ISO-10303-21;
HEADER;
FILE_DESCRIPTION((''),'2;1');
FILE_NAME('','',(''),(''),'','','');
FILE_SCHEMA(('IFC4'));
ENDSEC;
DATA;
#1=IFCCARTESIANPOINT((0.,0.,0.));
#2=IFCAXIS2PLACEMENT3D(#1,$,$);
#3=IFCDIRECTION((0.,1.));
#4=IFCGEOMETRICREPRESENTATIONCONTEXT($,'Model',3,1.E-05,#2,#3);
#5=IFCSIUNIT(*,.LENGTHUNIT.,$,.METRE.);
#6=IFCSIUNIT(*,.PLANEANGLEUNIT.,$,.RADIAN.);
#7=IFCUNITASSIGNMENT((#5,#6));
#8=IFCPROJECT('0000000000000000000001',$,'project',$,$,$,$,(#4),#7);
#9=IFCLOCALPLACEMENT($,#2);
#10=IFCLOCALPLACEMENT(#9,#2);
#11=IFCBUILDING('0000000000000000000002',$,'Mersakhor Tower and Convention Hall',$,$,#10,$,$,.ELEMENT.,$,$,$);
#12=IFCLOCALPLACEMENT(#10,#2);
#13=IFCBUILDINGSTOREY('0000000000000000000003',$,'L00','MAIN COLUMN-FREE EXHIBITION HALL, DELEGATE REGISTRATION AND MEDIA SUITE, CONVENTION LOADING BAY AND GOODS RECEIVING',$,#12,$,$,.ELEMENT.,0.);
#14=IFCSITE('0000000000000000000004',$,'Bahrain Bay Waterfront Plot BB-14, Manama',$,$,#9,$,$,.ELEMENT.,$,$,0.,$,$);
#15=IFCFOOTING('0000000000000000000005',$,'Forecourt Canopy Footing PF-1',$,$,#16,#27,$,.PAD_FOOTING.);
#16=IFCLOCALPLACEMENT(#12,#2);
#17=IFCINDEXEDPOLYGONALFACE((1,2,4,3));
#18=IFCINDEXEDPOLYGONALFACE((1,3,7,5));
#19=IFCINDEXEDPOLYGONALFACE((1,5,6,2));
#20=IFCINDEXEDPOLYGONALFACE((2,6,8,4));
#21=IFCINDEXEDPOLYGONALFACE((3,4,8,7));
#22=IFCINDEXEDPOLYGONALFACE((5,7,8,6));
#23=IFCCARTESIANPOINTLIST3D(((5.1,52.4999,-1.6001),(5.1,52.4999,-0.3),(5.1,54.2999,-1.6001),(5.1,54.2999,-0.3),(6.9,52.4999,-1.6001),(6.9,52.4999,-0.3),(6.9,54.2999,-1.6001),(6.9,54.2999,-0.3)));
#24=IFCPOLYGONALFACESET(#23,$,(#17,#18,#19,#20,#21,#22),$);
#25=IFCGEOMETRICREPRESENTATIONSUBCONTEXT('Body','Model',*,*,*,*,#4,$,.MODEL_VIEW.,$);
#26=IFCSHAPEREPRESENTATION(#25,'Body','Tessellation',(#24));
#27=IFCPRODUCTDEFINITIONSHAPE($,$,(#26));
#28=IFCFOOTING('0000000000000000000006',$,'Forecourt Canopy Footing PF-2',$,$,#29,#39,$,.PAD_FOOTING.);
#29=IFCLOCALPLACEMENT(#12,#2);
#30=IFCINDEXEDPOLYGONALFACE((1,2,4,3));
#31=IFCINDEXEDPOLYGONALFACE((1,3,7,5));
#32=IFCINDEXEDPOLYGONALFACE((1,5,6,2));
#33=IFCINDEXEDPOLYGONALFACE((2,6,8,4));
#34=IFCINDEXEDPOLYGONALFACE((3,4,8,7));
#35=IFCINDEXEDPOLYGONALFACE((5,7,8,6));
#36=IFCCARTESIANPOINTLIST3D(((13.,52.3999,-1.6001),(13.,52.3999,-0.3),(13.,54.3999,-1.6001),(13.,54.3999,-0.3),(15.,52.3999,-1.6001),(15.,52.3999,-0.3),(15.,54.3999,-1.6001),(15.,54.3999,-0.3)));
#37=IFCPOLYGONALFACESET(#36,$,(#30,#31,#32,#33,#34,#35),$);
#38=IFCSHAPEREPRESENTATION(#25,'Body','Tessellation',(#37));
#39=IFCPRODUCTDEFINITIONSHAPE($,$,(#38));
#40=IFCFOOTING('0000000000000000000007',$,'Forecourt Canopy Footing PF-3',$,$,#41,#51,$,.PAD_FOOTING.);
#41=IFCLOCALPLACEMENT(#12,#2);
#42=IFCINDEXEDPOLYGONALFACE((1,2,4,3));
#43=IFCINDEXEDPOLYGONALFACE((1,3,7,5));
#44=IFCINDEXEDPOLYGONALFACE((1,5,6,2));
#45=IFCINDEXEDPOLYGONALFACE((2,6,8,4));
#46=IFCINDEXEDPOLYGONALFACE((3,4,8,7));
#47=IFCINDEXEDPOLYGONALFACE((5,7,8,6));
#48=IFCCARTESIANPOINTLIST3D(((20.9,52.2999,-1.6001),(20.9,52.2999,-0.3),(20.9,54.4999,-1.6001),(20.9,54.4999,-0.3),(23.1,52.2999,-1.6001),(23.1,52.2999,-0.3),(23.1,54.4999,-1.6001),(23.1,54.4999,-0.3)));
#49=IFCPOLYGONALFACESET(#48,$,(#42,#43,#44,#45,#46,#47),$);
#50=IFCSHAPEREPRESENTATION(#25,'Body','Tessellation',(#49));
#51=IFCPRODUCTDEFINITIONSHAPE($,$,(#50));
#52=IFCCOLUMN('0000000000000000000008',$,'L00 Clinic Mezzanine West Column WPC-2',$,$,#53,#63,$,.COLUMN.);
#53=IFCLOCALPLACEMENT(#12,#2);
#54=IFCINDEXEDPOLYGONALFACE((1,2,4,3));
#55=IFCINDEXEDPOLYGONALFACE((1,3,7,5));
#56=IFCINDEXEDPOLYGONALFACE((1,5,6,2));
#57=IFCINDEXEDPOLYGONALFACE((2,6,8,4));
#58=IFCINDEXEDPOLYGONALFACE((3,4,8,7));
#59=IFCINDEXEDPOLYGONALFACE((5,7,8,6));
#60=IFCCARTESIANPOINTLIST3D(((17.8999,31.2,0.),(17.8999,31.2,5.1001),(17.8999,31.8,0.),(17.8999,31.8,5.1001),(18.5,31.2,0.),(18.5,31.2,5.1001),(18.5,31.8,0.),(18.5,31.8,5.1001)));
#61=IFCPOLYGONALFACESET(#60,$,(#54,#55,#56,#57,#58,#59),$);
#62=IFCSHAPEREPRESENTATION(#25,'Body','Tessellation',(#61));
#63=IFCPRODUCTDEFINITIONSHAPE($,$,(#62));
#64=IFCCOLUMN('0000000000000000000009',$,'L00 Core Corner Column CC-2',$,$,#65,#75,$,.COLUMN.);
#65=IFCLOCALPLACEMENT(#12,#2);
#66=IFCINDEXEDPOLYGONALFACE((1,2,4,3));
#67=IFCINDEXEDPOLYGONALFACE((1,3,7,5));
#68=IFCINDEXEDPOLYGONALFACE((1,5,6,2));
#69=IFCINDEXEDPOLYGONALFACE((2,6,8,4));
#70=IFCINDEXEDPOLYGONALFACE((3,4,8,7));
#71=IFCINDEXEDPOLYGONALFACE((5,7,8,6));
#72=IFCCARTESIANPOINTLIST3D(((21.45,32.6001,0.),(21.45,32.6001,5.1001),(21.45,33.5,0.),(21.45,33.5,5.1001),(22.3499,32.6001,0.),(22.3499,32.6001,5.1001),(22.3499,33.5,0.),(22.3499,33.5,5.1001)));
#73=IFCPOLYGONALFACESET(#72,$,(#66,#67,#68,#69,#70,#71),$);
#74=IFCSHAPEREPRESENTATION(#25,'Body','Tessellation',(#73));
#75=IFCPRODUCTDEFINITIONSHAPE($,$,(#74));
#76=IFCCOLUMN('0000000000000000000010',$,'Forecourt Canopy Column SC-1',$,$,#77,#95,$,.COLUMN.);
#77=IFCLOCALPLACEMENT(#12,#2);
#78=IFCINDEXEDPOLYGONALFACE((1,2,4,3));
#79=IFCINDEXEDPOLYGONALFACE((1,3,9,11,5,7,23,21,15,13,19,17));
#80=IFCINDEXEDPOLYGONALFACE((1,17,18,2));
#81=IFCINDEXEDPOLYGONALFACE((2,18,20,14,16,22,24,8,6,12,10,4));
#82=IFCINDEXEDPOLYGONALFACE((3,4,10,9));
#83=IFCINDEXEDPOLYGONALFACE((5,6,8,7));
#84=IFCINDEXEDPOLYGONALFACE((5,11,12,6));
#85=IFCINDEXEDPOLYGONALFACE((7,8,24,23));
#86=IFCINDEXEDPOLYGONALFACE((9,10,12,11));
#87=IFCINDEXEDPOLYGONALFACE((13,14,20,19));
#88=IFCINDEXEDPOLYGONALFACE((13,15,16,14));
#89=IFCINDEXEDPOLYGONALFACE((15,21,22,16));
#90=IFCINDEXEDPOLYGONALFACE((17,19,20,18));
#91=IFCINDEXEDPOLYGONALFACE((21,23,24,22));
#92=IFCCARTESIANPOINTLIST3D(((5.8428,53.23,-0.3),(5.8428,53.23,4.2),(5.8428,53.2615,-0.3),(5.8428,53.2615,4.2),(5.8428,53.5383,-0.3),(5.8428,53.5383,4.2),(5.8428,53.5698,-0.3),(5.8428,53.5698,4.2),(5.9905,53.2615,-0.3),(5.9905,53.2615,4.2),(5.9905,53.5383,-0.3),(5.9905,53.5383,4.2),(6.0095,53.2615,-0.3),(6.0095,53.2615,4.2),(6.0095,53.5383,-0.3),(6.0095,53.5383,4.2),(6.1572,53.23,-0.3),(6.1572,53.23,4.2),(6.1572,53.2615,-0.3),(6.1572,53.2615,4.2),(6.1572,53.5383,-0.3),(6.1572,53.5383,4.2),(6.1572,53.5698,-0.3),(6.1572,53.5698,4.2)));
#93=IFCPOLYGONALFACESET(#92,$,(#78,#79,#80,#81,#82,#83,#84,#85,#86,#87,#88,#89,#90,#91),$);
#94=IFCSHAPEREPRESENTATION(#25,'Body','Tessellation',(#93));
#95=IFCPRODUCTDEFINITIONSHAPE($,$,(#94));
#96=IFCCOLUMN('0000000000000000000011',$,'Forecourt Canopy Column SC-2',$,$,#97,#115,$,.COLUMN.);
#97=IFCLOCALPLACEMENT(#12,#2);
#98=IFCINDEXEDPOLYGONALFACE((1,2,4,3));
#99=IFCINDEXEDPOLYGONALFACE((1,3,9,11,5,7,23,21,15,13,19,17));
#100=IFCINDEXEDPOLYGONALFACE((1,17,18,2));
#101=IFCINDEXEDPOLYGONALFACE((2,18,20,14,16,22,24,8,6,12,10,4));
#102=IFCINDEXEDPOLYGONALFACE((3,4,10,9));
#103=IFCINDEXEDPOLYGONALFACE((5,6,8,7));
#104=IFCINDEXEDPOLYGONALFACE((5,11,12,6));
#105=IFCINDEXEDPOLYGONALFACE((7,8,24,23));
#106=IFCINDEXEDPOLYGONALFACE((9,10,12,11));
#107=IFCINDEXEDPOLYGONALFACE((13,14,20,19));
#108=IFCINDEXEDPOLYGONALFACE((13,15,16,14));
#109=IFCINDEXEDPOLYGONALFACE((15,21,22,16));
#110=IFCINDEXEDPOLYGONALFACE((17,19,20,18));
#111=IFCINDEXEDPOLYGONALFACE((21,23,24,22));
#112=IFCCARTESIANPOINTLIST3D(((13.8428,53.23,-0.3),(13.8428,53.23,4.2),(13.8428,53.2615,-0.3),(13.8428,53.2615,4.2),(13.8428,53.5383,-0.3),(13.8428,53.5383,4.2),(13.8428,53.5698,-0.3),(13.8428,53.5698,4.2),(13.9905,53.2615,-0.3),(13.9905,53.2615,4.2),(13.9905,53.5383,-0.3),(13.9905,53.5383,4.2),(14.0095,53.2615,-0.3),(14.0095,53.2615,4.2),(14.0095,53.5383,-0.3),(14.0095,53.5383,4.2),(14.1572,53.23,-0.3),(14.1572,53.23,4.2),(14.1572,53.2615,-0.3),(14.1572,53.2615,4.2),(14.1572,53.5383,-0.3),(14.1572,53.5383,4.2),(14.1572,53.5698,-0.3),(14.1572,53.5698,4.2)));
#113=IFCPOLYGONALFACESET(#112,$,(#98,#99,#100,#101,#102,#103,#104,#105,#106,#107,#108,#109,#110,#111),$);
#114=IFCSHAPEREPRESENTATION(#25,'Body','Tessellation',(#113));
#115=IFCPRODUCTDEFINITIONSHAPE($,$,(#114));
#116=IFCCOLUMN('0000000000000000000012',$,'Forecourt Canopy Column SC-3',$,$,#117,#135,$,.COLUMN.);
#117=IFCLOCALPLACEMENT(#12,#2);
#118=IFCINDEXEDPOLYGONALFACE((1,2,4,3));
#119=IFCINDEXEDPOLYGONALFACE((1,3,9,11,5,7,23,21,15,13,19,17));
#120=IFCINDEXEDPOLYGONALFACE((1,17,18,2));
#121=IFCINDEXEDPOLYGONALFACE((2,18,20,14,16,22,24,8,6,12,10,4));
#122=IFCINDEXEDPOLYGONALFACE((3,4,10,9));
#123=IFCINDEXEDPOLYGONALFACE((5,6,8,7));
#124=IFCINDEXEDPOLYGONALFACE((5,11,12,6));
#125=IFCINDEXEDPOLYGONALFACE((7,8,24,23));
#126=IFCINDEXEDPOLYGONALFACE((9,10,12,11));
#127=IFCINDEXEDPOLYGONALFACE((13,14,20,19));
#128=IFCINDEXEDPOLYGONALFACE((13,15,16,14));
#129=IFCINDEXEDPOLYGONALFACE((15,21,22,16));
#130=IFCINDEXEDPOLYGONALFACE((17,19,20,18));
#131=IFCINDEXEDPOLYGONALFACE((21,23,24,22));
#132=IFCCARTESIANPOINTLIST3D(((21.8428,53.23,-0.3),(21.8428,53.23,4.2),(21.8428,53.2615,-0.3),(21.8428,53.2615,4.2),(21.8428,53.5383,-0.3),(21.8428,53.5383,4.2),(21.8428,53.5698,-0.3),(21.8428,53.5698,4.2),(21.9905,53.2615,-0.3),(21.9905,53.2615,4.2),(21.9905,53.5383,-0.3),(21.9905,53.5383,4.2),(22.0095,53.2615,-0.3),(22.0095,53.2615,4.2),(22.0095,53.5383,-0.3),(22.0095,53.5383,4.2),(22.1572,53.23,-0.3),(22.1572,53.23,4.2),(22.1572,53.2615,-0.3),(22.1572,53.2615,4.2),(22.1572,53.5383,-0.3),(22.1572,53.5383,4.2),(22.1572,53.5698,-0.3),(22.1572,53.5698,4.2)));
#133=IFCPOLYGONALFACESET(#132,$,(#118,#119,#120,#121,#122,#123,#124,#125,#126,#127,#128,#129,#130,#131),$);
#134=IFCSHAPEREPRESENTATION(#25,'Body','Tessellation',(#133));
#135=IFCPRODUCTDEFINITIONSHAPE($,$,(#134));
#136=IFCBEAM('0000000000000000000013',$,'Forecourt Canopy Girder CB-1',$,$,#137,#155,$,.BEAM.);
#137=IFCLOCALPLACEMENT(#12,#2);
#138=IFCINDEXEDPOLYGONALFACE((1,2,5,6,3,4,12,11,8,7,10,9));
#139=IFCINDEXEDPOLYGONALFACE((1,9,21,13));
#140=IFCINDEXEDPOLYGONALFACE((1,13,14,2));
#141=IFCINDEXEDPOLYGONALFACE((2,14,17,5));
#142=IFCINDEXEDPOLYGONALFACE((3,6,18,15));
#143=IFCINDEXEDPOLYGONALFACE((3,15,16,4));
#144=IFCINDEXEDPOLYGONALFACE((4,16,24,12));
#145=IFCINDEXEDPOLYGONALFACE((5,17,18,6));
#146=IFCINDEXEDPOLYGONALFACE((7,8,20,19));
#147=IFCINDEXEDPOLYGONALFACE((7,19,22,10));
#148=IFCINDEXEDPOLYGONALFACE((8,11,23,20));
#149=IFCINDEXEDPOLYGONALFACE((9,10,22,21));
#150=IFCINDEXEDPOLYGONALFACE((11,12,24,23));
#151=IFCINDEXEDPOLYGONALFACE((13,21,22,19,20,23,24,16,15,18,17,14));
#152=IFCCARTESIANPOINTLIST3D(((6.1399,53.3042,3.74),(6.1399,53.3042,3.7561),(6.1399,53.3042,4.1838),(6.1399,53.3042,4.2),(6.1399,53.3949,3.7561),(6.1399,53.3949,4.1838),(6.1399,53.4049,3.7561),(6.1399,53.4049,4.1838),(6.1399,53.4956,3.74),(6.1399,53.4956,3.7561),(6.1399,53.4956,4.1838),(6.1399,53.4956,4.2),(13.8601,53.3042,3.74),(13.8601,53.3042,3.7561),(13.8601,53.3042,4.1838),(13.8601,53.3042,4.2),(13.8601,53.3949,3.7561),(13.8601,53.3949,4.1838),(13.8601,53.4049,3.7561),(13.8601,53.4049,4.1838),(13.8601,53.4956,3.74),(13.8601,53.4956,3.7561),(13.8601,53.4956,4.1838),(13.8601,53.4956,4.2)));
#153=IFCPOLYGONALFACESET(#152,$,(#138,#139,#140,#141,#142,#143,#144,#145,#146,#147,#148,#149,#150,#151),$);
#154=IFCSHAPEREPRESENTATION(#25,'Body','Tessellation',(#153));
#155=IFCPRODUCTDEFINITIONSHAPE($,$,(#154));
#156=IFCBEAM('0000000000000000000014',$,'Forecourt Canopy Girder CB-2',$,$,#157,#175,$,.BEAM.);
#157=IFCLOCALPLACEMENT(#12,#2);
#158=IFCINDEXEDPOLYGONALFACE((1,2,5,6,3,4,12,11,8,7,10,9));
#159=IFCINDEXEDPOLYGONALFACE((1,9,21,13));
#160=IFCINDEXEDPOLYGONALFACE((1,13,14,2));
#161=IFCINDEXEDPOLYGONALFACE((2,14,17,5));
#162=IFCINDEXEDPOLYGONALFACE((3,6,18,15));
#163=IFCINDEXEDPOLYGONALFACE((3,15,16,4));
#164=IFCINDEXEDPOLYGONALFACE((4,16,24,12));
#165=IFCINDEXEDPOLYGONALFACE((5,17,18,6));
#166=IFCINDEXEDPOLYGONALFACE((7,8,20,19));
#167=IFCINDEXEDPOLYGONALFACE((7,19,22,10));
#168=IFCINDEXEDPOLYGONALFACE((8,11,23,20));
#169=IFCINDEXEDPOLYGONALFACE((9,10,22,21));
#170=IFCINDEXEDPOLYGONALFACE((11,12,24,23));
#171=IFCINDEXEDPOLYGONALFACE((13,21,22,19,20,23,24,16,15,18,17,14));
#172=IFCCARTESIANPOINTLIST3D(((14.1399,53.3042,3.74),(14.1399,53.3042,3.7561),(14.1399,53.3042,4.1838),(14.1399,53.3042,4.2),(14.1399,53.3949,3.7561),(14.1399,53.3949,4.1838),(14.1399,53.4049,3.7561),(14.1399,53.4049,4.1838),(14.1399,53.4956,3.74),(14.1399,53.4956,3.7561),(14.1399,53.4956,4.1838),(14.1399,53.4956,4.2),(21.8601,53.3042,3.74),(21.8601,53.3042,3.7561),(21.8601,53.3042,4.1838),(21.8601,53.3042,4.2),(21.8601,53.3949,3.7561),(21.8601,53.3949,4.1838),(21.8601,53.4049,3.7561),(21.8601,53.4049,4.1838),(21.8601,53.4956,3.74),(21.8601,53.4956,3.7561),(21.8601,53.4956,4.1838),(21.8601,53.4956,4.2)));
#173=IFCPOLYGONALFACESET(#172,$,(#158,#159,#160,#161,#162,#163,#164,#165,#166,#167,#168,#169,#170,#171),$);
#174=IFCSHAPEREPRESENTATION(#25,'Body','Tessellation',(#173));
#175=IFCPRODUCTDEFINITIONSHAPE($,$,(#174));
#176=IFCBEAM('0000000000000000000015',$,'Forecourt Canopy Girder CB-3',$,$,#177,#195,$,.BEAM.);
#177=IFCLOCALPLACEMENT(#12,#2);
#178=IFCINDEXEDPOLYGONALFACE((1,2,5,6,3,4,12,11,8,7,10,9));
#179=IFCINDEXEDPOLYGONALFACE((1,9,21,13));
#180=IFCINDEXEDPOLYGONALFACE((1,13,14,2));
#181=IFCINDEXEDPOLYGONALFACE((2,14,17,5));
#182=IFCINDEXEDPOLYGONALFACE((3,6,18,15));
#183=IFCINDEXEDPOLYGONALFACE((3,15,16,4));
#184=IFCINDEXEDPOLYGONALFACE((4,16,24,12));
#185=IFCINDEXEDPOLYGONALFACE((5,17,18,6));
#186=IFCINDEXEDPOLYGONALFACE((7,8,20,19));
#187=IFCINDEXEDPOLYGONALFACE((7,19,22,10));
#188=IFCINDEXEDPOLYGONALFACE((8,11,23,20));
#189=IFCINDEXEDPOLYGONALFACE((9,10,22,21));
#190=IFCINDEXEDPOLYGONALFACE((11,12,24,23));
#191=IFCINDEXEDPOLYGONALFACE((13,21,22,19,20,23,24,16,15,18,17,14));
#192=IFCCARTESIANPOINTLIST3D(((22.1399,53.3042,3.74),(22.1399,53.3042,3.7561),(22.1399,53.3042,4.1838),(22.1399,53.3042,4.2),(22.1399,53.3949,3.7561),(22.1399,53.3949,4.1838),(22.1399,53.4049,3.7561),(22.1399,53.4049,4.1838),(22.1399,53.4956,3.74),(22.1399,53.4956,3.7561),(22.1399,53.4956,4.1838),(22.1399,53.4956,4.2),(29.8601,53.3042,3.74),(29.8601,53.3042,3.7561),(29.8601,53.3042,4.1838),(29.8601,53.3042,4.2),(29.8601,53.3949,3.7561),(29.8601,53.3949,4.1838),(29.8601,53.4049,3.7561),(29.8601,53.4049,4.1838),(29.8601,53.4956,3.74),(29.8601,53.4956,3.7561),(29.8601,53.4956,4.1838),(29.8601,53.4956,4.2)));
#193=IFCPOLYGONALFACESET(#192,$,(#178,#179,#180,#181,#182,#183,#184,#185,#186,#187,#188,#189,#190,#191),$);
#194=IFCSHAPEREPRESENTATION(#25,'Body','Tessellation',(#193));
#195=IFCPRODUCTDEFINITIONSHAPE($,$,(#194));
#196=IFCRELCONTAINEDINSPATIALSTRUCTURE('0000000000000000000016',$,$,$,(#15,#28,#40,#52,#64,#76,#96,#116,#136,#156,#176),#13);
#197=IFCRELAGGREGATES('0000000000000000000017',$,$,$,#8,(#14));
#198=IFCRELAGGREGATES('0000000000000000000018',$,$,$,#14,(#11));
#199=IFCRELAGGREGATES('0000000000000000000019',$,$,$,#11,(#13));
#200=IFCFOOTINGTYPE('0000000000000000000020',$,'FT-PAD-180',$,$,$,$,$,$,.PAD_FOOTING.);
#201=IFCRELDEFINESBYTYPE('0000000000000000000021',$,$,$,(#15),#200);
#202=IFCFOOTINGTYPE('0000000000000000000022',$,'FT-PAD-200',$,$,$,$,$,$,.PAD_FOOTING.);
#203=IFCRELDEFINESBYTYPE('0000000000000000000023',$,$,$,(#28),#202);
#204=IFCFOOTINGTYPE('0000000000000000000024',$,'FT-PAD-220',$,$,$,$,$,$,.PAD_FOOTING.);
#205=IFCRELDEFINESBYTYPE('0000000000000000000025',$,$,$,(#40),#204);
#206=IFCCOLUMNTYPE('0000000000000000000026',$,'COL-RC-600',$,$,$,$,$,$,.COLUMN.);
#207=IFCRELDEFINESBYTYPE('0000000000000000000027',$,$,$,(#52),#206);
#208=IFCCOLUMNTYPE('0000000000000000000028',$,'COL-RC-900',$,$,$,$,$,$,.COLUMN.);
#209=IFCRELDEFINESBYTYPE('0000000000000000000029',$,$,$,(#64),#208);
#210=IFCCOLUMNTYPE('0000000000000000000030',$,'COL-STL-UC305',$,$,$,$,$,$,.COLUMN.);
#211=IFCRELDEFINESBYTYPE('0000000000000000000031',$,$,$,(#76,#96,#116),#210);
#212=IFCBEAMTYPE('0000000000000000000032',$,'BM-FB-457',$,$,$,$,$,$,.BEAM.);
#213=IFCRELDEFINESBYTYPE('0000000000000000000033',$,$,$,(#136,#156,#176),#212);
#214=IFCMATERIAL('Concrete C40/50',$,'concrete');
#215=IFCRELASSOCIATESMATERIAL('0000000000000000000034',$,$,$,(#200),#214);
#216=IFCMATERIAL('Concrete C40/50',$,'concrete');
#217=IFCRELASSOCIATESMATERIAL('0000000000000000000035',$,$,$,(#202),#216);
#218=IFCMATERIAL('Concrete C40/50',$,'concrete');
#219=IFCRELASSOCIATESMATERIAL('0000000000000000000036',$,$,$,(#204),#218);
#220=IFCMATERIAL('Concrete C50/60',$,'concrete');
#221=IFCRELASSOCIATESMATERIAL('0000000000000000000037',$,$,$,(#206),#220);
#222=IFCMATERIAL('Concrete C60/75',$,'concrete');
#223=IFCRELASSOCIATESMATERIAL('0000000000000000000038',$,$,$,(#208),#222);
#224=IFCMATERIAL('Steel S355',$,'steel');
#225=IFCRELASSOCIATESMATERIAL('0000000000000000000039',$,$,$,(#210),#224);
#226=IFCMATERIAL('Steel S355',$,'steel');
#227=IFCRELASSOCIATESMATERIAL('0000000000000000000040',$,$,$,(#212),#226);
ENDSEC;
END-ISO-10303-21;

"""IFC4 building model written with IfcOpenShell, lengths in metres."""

from ifc_helpers import new_model, si_unit, direction, frame, origin, origin_2d, place, context, subcontext, project, spatial, rectangle, i_section, extrude, material, material_profile, profile_set, type_object, element, save


model = new_model("IFC4")

# Units and contexts
model_context = context("Model", 3, precision=1e-05, world=origin(), true_north=direction((0.0, 1.0)))
body_context = subcontext(model_context, "Body", "Model", "MODEL_VIEW")
ifc_project = project(units=[si_unit("LENGTHUNIT", "METRE"), si_unit("PLANEANGLEUNIT", "RADIAN")], contexts=[model_context])

# Site, building, storey
site_placement = place(None, origin())
site = spatial("IfcSite", under=ifc_project, at=site_placement, Name="Bahrain Bay Waterfront Plot BB-14, Manama", CompositionType="ELEMENT", RefElevation=0.0)
building_placement = place(site_placement, origin())
building = spatial("IfcBuilding", under=site, at=building_placement, Name="Mersakhor Tower and Convention Hall", CompositionType="ELEMENT")
storey_placement = place(building_placement, origin())
storey = spatial("IfcBuildingStorey", under=building, at=storey_placement, Name="L00", Description="MAIN COLUMN-FREE EXHIBITION HALL, DELEGATE REGISTRATION AND MEDIA SUITE, CONVENTION LOADING BAY AND GOODS RECEIVING", CompositionType="ELEMENT", Elevation=0.0)

# Footings
ifc_material_1 = material(Name="Concrete C40/50", Category="concrete")
footing_type_1 = type_object("IfcFootingType", Name="FT-PAD-180", PredefinedType="PAD_FOOTING", material=ifc_material_1)
footing_1_placement = place(storey_placement, frame((6.0, 53.3999, -1.6001), z_axis=(0.0, 0.0, 1.0), x_axis=(1.0, 0.0, 0.0)))
element("IfcFooting", 1, at=footing_1_placement, inside=storey, type_object=footing_type_1, Name="Forecourt Canopy Footing PF-1", PredefinedType="PAD_FOOTING", context=body_context, shape_type="SweptSolid", body=[
    extrude(rectangle(XDim=1.8, YDim=1.8, at=origin_2d()), origin(), (0.0, 0.0, 1.0), 1.3),
])
ifc_material_2 = material(Name="Concrete C40/50", Category="concrete")
footing_type_2 = type_object("IfcFootingType", Name="FT-PAD-200", PredefinedType="PAD_FOOTING", material=ifc_material_2)
footing_2_placement = place(storey_placement, frame((14.0, 53.3999, -1.6001), z_axis=(0.0, 0.0, 1.0), x_axis=(1.0, 0.0, 0.0)))
element("IfcFooting", 2, at=footing_2_placement, inside=storey, type_object=footing_type_2, Name="Forecourt Canopy Footing PF-2", PredefinedType="PAD_FOOTING", context=body_context, shape_type="SweptSolid", body=[
    extrude(rectangle(XDim=2.0, YDim=2.0, at=origin_2d()), origin(), (0.0, 0.0, 1.0), 1.3),
])
ifc_material_3 = material(Name="Concrete C40/50", Category="concrete")
footing_type_3 = type_object("IfcFootingType", Name="FT-PAD-220", PredefinedType="PAD_FOOTING", material=ifc_material_3)
footing_3_placement = place(storey_placement, frame((22.0, 53.3999, -1.6001), z_axis=(0.0, 0.0, 1.0), x_axis=(1.0, 0.0, 0.0)))
element("IfcFooting", 3, at=footing_3_placement, inside=storey, type_object=footing_type_3, Name="Forecourt Canopy Footing PF-3", PredefinedType="PAD_FOOTING", context=body_context, shape_type="SweptSolid", body=[
    extrude(rectangle(XDim=2.2, YDim=2.2, at=origin_2d()), origin(), (0.0, 0.0, 1.0), 1.3),
])

# Columns
ifc_material_4 = material(Name="Concrete C50/60", Category="concrete")
ifc_material_profile_1 = material_profile(ifc_material_4, rectangle(XDim=0.6001, YDim=0.6001, at=origin_2d()), Name="RC 600x600")
ifc_profile_set_1 = profile_set([ifc_material_profile_1], Name="Concrete C50/60")
column_type_1 = type_object("IfcColumnType", Name="COL-RC-600", PredefinedType="COLUMN", material=ifc_profile_set_1)
column_1_placement = place(storey_placement, frame((18.2, 31.5, 0.0), z_axis=(0.0, 0.0, 1.0), x_axis=(1.0, 0.0, 0.0)))
element("IfcColumn", 4, at=column_1_placement, inside=storey, type_object=column_type_1, Name="L00 Clinic Mezzanine West Column WPC-2", PredefinedType="COLUMN", context=body_context, shape_type="SweptSolid", body=[
    extrude(rectangle(XDim=0.6001, YDim=0.6001, at=origin_2d()), origin(), (0.0, 0.0, 1.0), 5.1001),
])
ifc_material_5 = material(Name="Concrete C60/75", Category="concrete")
ifc_material_profile_2 = material_profile(ifc_material_5, rectangle(XDim=0.8999, YDim=0.8999, at=origin_2d()), Name="RC 900x900")
ifc_profile_set_2 = profile_set([ifc_material_profile_2], Name="Concrete C60/75")
column_type_2 = type_object("IfcColumnType", Name="COL-RC-900", PredefinedType="COLUMN", material=ifc_profile_set_2)
column_2_placement = place(storey_placement, frame((21.8999, 33.05, 0.0), z_axis=(0.0, 0.0, 1.0), x_axis=(1.0, 0.0, 0.0)))
element("IfcColumn", 5, at=column_2_placement, inside=storey, type_object=column_type_2, Name="L00 Core Corner Column CC-2", PredefinedType="COLUMN", context=body_context, shape_type="SweptSolid", body=[
    extrude(rectangle(XDim=0.8999, YDim=0.8999, at=origin_2d()), origin(), (0.0, 0.0, 1.0), 5.1001),
])
ifc_material_6 = material(Name="Steel S355", Category="steel")
ifc_material_profile_3 = material_profile(ifc_material_6, i_section(OverallWidth=0.3145, OverallDepth=0.3398, WebThickness=0.019, FlangeThickness=0.0315, at=origin_2d()), Name="UC 305x305x198")
ifc_profile_set_3 = profile_set([ifc_material_profile_3], Name="Steel S355")
column_type_3 = type_object("IfcColumnType", Name="COL-STL-UC305", PredefinedType="COLUMN", material=ifc_profile_set_3)
for number, where, z_axis, x_axis, name in (
    (6, (6.0, 53.3999, -0.3), (0.0, 0.0, 1.0), (1.0, 0.0, 0.0), "Forecourt Canopy Column SC-1"),
    (7, (14.0, 53.3999, -0.3), (0.0, 0.0, 1.0), (1.0, 0.0, 0.0), "Forecourt Canopy Column SC-2"),
    (8, (22.0, 53.3999, -0.3), (0.0, 0.0, 1.0), (1.0, 0.0, 0.0), "Forecourt Canopy Column SC-3"),
):
    element("IfcColumn", number, at=place(storey_placement, frame(where, z_axis=z_axis, x_axis=x_axis)), inside=storey, type_object=column_type_3, Name=name, PredefinedType="COLUMN", context=body_context, shape_type="SweptSolid", body=[
        extrude(i_section(OverallWidth=0.3145, OverallDepth=0.3398, WebThickness=0.019, FlangeThickness=0.0315, at=origin_2d()), origin(), (0.0, 0.0, 1.0), 4.5),
    ])

# Beams
ifc_material_7 = material(Name="Steel S355", Category="steel")
ifc_material_profile_4 = material_profile(ifc_material_7, i_section(OverallWidth=0.1914, OverallDepth=0.46, WebThickness=0.01, FlangeThickness=0.0161, at=origin_2d()), Name="UB 457x191x82")
ifc_profile_set_4 = profile_set([ifc_material_profile_4], Name="Steel S355")
beam_type = type_object("IfcBeamType", Name="BM-FB-457", PredefinedType="BEAM", material=ifc_profile_set_4)
for number, where, z_axis, x_axis, name in (
    (9, (6.1399, 53.3999, 3.97), (1.0, 0.0, 0.0), (0.0, 1.0, 0.0), "Forecourt Canopy Girder CB-1"),
    (10, (14.1399, 53.3999, 3.97), (1.0, 0.0, 0.0), (0.0, 1.0, 0.0), "Forecourt Canopy Girder CB-2"),
    (11, (22.1399, 53.3999, 3.97), (1.0, 0.0, 0.0), (0.0, 1.0, 0.0), "Forecourt Canopy Girder CB-3"),
):
    element("IfcBeam", number, at=place(storey_placement, frame(where, z_axis=z_axis, x_axis=x_axis)), inside=storey, type_object=beam_type, Name=name, PredefinedType="BEAM", context=body_context, shape_type="SweptSolid", body=[
        extrude(i_section(OverallWidth=0.1914, OverallDepth=0.46, WebThickness=0.01, FlangeThickness=0.0161, at=origin_2d()), origin(), (0.0, 0.0, 1.0), 7.7202),
    ])

save(model, "model.ifc")
